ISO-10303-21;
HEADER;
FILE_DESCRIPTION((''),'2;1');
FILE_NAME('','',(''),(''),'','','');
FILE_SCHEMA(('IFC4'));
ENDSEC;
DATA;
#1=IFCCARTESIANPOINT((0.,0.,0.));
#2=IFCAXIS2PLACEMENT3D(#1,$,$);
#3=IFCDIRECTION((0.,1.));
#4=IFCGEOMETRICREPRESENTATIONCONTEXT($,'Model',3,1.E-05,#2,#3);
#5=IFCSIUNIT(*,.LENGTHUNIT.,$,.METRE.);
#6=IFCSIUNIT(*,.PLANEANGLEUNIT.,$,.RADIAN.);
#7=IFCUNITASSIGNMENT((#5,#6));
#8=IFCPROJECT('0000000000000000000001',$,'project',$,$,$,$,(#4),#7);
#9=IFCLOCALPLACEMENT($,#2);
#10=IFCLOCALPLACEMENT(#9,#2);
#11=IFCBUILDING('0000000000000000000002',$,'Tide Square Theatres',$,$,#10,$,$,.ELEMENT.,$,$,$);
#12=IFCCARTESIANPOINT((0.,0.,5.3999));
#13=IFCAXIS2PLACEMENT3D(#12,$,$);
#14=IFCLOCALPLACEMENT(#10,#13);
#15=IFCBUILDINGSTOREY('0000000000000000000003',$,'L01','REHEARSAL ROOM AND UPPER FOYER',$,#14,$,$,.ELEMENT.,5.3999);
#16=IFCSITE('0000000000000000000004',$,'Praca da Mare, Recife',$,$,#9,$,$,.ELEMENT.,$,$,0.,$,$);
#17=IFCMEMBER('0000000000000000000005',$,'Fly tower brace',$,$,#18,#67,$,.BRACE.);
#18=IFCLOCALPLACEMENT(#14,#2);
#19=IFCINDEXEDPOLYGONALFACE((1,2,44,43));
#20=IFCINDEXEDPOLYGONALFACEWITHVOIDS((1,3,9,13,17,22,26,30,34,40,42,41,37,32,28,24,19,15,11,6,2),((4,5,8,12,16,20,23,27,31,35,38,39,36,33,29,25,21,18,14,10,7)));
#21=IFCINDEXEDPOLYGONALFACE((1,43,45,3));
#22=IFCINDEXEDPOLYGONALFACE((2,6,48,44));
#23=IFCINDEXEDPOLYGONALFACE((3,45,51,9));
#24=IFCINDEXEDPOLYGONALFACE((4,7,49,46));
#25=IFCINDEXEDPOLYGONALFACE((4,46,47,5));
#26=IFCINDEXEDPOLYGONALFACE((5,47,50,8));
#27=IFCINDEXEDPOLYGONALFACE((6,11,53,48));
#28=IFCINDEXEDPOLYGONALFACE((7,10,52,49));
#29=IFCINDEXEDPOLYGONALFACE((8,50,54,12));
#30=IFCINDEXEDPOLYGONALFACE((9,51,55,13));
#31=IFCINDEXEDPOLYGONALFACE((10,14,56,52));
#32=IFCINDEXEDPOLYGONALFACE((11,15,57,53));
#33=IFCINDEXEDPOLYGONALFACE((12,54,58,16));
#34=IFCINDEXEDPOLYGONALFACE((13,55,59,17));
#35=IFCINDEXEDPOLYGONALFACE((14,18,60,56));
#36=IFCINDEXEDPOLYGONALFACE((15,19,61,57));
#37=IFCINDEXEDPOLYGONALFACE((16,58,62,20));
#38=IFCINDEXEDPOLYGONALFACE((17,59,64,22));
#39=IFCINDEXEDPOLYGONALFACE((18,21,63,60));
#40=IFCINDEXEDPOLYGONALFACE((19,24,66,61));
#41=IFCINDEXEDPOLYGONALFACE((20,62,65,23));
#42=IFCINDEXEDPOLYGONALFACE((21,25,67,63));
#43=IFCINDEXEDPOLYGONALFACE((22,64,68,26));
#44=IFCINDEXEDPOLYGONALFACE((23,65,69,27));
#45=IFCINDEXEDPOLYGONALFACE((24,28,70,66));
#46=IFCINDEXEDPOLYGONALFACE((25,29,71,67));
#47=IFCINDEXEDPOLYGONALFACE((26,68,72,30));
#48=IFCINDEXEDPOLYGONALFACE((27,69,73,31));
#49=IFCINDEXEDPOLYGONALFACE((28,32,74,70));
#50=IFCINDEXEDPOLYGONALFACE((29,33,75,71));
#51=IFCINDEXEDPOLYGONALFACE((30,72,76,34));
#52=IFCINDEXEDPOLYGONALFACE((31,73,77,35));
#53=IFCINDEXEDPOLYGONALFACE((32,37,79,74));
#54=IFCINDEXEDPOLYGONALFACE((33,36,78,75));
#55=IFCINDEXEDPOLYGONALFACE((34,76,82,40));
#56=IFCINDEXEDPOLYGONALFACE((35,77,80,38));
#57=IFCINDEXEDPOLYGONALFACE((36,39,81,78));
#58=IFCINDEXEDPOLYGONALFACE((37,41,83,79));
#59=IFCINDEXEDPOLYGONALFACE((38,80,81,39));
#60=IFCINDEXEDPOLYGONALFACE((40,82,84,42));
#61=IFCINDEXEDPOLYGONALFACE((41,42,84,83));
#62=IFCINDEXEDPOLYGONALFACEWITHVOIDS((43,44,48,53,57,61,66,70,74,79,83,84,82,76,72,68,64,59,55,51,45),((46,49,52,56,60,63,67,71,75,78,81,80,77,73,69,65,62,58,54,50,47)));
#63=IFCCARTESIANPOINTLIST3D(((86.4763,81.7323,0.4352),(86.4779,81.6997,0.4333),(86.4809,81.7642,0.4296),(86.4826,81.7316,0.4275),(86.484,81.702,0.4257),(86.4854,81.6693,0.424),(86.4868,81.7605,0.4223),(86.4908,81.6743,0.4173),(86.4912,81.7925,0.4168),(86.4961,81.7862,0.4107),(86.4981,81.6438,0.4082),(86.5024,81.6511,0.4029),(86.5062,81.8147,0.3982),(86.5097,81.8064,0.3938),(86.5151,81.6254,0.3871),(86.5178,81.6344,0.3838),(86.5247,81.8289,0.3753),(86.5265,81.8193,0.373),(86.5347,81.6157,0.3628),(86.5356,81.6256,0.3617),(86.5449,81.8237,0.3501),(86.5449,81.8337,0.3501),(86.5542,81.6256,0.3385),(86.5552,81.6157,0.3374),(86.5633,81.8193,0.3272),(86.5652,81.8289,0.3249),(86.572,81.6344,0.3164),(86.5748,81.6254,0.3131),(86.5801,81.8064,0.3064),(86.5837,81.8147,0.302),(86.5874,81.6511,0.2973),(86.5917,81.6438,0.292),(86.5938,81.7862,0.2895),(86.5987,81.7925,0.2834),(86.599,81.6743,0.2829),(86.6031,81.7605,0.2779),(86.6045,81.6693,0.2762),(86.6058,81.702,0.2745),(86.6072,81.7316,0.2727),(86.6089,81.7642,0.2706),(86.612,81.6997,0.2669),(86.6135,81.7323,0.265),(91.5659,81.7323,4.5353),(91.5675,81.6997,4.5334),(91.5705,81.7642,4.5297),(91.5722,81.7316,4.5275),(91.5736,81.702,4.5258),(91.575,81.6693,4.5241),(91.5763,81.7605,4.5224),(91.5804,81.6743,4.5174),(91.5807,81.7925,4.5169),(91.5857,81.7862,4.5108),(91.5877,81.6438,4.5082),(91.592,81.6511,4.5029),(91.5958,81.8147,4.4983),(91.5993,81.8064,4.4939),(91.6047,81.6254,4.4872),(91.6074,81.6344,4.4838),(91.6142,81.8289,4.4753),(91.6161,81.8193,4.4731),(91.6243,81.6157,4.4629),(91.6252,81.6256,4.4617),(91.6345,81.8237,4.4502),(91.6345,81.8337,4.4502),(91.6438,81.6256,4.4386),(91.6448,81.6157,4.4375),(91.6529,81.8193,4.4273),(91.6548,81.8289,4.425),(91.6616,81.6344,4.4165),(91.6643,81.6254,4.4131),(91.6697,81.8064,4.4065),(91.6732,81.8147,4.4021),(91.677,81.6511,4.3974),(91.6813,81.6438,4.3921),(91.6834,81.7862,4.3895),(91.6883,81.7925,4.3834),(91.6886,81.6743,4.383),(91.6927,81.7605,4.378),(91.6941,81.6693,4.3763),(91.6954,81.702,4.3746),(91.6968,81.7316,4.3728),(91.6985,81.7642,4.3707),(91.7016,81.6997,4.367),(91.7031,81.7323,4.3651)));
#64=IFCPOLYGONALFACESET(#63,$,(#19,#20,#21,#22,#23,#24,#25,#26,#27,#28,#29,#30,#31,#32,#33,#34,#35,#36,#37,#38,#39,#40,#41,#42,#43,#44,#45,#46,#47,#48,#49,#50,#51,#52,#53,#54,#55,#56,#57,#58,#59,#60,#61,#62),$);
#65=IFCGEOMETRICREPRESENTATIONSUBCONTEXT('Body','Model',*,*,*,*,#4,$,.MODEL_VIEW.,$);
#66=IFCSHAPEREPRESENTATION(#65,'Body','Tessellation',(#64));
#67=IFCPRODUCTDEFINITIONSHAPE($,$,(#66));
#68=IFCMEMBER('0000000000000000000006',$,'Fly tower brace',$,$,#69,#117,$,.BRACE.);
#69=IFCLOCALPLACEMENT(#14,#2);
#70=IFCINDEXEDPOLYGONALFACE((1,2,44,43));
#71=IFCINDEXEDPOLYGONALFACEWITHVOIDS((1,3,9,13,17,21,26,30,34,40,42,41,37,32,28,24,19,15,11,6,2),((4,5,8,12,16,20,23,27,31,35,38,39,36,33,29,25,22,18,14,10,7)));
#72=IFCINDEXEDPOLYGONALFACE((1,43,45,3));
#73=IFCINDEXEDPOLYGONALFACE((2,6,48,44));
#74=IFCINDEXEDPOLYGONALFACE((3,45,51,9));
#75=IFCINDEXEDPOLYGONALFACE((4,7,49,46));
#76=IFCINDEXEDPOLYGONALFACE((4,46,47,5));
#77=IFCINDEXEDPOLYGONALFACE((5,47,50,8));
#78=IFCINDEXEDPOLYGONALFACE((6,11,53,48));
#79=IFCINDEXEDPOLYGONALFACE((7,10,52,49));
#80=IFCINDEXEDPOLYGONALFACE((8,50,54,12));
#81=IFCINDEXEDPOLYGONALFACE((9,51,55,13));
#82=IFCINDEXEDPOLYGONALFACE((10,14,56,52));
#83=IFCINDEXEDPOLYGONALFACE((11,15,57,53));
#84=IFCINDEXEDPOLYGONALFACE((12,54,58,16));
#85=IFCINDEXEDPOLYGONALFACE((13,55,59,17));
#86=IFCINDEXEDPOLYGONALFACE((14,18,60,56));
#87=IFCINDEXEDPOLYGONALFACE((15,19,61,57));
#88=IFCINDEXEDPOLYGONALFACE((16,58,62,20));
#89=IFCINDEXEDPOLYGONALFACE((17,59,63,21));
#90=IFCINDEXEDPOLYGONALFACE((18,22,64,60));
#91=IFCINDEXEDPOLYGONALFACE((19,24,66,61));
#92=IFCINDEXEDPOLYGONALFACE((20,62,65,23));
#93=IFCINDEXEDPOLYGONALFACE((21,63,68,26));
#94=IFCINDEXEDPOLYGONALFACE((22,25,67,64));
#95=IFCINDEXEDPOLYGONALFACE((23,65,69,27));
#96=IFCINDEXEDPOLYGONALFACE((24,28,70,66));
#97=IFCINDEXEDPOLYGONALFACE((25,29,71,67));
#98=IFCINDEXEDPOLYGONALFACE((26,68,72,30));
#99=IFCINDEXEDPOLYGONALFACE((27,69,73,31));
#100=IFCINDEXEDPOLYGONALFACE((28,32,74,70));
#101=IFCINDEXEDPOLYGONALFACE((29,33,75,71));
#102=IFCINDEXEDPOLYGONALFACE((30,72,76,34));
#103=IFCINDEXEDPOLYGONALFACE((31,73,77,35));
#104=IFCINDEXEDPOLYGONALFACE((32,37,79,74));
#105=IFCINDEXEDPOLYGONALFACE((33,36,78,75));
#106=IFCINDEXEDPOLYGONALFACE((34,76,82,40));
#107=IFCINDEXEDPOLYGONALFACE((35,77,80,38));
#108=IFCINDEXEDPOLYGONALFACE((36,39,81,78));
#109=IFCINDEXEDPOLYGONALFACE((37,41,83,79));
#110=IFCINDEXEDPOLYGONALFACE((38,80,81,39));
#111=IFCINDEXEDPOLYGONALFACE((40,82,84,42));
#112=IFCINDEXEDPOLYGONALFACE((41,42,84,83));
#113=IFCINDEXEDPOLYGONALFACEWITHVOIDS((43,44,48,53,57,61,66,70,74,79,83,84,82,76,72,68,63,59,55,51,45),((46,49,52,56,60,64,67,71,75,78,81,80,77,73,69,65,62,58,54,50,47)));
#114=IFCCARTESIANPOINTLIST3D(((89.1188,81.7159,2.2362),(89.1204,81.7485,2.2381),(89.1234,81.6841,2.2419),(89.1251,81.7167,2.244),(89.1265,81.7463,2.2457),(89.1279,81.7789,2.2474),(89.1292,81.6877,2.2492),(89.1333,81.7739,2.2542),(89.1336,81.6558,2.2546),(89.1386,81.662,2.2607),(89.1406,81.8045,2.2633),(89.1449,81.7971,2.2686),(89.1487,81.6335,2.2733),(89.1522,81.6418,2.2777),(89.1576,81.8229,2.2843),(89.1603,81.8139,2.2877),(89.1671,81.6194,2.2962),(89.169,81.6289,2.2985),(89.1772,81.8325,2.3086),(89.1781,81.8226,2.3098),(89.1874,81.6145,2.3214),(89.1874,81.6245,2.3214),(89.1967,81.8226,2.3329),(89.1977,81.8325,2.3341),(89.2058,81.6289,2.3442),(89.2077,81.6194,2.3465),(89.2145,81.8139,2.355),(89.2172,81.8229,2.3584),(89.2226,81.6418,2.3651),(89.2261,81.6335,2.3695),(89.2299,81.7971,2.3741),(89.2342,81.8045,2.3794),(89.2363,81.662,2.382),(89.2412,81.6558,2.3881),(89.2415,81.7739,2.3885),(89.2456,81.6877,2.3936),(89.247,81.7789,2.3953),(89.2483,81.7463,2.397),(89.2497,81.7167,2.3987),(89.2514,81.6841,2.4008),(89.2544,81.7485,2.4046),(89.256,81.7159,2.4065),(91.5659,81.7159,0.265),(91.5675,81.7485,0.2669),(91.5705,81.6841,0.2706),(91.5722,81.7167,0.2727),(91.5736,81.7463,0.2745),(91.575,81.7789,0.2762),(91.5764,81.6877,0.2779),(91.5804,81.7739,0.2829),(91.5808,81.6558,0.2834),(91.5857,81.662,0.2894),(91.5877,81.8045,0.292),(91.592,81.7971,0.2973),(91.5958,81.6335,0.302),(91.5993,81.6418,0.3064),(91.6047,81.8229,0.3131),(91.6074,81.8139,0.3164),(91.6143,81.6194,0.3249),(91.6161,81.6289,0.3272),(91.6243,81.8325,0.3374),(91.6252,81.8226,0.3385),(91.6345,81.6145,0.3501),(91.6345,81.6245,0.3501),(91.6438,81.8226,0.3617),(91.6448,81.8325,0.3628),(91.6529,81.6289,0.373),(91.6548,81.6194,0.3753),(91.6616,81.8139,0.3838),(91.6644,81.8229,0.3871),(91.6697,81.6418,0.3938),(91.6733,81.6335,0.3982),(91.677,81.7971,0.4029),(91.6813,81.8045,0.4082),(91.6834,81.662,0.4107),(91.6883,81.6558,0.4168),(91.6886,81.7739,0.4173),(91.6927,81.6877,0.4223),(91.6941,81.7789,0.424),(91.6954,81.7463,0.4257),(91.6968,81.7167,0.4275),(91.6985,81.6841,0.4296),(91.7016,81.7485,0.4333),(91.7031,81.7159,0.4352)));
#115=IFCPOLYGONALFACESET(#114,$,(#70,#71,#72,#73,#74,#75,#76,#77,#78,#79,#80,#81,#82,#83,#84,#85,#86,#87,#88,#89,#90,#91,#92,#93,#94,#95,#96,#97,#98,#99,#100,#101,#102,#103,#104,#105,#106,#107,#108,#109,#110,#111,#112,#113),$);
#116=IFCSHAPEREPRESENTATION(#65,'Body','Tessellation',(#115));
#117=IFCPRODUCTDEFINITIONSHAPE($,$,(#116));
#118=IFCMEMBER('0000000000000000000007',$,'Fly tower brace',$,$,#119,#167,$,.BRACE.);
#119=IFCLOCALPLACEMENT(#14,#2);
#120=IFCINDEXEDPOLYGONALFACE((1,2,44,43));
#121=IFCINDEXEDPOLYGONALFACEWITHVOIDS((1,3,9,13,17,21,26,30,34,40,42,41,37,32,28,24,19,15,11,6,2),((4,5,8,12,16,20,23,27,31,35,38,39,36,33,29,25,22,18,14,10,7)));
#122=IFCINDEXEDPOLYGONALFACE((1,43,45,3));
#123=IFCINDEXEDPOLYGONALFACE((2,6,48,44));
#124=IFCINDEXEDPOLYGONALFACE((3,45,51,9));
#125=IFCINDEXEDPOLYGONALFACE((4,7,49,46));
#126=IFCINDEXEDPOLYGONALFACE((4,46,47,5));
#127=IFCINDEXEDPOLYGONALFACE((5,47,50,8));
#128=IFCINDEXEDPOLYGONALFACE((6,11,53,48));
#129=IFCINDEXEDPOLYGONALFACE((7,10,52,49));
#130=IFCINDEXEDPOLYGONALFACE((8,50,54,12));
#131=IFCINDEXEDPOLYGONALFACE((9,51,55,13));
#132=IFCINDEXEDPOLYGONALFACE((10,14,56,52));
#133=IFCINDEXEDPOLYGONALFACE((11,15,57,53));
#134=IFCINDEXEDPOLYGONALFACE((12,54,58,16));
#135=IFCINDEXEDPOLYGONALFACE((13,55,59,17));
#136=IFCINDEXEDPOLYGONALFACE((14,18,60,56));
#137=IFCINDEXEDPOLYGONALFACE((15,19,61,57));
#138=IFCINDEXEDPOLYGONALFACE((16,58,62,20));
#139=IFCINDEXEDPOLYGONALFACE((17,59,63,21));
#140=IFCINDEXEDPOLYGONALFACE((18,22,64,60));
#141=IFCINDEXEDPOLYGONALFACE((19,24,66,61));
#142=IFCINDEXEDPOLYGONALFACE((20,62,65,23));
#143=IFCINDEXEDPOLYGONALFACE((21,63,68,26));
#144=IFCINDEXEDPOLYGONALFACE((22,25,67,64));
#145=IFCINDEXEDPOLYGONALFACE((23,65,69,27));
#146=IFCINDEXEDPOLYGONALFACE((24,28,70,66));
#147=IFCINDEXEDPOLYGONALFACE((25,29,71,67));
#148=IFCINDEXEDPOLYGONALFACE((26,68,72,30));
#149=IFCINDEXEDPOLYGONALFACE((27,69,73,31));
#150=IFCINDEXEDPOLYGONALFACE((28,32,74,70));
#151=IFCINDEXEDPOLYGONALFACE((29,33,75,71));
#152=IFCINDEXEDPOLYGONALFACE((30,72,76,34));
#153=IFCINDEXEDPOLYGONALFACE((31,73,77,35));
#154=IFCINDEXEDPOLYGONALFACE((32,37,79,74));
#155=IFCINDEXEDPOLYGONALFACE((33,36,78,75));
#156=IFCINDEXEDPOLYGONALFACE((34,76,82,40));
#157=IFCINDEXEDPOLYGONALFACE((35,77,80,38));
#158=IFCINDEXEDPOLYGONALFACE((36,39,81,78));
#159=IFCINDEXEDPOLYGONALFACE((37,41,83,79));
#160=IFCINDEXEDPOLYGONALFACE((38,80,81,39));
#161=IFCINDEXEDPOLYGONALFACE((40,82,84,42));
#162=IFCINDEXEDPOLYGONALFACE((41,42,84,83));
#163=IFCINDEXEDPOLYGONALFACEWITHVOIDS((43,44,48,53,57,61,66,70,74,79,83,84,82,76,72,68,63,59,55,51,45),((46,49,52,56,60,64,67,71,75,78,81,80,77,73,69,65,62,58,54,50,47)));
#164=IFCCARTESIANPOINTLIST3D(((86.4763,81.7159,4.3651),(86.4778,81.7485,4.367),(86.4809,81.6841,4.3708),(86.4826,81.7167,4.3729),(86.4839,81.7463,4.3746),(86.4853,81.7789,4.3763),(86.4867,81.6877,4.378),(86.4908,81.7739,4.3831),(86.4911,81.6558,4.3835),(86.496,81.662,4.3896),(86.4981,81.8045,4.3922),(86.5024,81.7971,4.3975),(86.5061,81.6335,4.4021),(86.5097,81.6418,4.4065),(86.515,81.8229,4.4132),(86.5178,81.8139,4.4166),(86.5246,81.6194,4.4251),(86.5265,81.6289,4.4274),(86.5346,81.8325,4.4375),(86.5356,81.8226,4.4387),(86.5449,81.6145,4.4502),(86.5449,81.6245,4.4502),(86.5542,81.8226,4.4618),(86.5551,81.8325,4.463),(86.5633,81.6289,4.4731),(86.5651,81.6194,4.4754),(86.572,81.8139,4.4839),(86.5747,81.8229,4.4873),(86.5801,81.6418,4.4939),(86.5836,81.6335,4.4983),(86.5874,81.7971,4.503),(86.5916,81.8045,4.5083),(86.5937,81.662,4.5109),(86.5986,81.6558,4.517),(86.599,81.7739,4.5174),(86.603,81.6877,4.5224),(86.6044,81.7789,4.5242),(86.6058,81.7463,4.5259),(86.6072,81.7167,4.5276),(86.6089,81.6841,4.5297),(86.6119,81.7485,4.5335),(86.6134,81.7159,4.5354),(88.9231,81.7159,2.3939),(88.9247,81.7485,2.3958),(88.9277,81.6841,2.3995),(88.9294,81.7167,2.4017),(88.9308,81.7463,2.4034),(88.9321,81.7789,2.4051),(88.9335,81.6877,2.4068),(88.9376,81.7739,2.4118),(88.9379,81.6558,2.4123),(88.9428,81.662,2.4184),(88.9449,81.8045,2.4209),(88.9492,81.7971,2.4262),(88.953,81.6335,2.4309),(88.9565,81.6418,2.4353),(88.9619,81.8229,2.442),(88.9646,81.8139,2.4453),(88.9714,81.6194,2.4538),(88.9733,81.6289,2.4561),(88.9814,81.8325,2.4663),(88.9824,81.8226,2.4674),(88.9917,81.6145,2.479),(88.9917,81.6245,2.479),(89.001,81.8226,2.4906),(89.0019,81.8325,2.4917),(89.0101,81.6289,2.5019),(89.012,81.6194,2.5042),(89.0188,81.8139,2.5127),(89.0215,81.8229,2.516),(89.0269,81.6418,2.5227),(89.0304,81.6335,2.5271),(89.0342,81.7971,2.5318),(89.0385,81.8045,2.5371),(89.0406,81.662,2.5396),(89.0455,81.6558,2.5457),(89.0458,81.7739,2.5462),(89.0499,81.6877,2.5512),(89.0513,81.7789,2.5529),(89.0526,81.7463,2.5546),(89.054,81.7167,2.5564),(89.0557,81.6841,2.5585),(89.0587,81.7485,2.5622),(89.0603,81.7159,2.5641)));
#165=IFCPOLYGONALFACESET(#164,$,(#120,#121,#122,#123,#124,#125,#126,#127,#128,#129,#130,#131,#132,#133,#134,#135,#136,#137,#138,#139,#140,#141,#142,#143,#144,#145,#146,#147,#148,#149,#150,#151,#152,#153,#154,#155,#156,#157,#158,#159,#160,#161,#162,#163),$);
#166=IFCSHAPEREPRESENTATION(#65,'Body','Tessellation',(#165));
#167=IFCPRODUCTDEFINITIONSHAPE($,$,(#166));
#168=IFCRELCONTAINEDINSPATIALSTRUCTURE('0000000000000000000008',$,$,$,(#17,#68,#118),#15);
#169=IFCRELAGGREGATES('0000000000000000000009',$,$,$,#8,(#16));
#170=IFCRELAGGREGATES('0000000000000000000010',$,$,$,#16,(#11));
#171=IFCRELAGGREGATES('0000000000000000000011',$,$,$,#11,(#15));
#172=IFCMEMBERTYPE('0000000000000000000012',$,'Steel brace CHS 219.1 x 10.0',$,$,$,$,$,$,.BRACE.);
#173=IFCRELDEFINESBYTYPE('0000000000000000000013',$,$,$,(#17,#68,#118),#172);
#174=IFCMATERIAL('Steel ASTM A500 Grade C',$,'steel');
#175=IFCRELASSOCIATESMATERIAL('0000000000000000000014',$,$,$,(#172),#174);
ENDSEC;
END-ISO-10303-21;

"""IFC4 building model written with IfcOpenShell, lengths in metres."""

from ifc_helpers import new_model, si_unit, direction, frame, origin, origin_2d, place, context, subcontext, project, spatial, hollow_circle, extrude, material, material_profile, profile_set, type_object, element, save


model = new_model("IFC4")

# Units and contexts
model_context = context("Model", 3, precision=1e-05, world=origin(), true_north=direction((0.0, 1.0)))
body_context = subcontext(model_context, "Body", "Model", "MODEL_VIEW")
ifc_project = project(units=[si_unit("LENGTHUNIT", "METRE"), si_unit("PLANEANGLEUNIT", "RADIAN")], contexts=[model_context])

# Site, building, storey
site_placement = place(None, origin())
site = spatial("IfcSite", under=ifc_project, at=site_placement, Name="Praca da Mare, Recife", CompositionType="ELEMENT", RefElevation=0.0)
building_placement = place(site_placement, origin())
building = spatial("IfcBuilding", under=site, at=building_placement, Name="Tide Square Theatres", CompositionType="ELEMENT")
storey_placement = place(building_placement, frame((0.0, 0.0, 5.3999)))
storey = spatial("IfcBuildingStorey", under=building, at=storey_placement, Name="L01", Description="REHEARSAL ROOM AND UPPER FOYER", CompositionType="ELEMENT", Elevation=5.3999)

# Members
ifc_material_1 = material(Name="Steel ASTM A500 Grade C", Category="steel")
ifc_material_profile_1 = material_profile(ifc_material_1, hollow_circle(Radius=0.1096, WallThickness=0.01, at=origin_2d()))
ifc_profile_set_1 = profile_set([ifc_material_profile_1], Name="Steel ASTM A500 Grade C")
member_type = type_object("IfcMemberType", Name="Steel brace CHS 219.1 x 10.0", PredefinedType="BRACE", material=ifc_profile_set_1)
member_1_placement = place(storey_placement, frame((86.5449, 81.7241, 0.3501), z_axis=(0.778743, 0.0, 0.627343), x_axis=(0.0, 1.0, 0.0)))
element("IfcMember", 1, at=member_1_placement, inside=storey, type_object=member_type, Name="Fly tower brace", PredefinedType="BRACE", context=body_context, shape_type="SweptSolid", body=[
    extrude(hollow_circle(Radius=0.1096, WallThickness=0.01, at=origin_2d()), origin(), (0.0, 0.0, 1.0), 6.5356),
])
member_2_placement = place(storey_placement, frame((91.6345, 81.7241, 0.3501), z_axis=(-0.778757, 0.0, 0.627326), x_axis=(0.0, -1.0, 0.0)))
element("IfcMember", 2, at=member_2_placement, inside=storey, type_object=member_type, Name="Fly tower brace", PredefinedType="BRACE", context=body_context, shape_type="SweptSolid", body=[
    extrude(hollow_circle(Radius=0.1096, WallThickness=0.01, at=origin_2d()), origin(), (0.0, 0.0, 1.0), 3.1423),
])
member_3_placement = place(storey_placement, frame((88.9917, 81.7241, 2.479), z_axis=(-0.778726, 0.0, 0.627364), x_axis=(0.0, -1.0, 0.0)))
element("IfcMember", 3, at=member_3_placement, inside=storey, type_object=member_type, Name="Fly tower brace", PredefinedType="BRACE", context=body_context, shape_type="SweptSolid", body=[
    extrude(hollow_circle(Radius=0.1096, WallThickness=0.01, at=origin_2d()), origin(), (0.0, 0.0, 1.0), 3.1421),
])

save(model, "model.ifc")
